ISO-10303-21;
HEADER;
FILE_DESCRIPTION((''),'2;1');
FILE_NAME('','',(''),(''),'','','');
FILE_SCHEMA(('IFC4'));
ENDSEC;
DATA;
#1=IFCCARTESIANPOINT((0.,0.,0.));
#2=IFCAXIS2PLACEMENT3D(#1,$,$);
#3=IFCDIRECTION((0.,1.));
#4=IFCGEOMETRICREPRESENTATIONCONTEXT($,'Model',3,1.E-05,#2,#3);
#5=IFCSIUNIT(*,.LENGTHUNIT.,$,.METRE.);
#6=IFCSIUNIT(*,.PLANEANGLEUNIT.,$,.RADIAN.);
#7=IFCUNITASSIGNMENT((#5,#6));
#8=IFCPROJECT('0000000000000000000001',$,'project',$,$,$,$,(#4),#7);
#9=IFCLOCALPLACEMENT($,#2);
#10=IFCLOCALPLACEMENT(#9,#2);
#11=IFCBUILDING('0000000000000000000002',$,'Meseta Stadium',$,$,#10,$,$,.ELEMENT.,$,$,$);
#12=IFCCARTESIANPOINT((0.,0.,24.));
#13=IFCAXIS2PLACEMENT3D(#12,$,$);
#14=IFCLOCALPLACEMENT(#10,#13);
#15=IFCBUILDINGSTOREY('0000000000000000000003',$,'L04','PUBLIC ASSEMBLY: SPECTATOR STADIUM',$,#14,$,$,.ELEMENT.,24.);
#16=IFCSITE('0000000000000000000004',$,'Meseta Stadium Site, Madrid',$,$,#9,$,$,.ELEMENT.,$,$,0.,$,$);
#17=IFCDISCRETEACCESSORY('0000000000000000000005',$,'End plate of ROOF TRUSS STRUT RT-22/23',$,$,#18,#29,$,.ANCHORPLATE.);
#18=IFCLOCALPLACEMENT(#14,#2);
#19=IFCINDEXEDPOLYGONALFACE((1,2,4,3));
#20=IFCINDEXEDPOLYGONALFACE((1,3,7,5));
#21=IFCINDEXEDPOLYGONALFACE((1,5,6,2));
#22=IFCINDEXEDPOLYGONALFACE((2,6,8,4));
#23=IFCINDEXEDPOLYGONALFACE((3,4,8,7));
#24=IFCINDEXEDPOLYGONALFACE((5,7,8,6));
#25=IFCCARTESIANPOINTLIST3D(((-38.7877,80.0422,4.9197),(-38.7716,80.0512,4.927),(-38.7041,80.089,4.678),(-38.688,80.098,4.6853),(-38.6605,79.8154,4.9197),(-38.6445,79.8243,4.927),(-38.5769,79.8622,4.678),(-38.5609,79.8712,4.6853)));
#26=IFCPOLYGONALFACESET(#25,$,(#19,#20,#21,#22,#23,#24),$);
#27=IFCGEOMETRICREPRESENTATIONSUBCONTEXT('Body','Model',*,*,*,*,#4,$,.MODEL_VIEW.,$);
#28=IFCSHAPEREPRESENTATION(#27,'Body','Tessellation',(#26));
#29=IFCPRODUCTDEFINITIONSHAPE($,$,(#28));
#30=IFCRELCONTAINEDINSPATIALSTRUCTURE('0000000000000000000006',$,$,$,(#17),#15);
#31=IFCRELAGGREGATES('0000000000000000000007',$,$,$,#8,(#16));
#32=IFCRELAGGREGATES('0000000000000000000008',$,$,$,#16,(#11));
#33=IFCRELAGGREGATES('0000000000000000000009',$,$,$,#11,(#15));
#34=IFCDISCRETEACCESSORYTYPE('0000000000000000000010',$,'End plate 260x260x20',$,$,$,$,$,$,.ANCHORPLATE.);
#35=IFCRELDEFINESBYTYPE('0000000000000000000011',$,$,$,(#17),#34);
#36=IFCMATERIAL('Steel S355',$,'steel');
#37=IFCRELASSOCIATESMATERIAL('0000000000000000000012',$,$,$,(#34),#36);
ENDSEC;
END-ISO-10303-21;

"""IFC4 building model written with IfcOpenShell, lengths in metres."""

from ifc_helpers import new_model, si_unit, direction, frame, origin, origin_2d, place, context, subcontext, project, spatial, rectangle, extrude, material, material_profile, profile_set, type_object, element, save


model = new_model("IFC4")

# Units and contexts
model_context = context("Model", 3, precision=1e-05, world=origin(), true_north=direction((0.0, 1.0)))
body_context = subcontext(model_context, "Body", "Model", "MODEL_VIEW")
ifc_project = project(units=[si_unit("LENGTHUNIT", "METRE"), si_unit("PLANEANGLEUNIT", "RADIAN")], contexts=[model_context])

# Site, building, storey
site_placement = place(None, origin())
site = spatial("IfcSite", under=ifc_project, at=site_placement, Name="Meseta Stadium Site, Madrid", CompositionType="ELEMENT", RefElevation=0.0)
building_placement = place(site_placement, origin())
building = spatial("IfcBuilding", under=site, at=building_placement, Name="Meseta Stadium", CompositionType="ELEMENT")
storey_placement = place(building_placement, frame((0.0, 0.0, 24.0)))
storey = spatial("IfcBuildingStorey", under=building, at=storey_placement, Name="L04", Description="PUBLIC ASSEMBLY: SPECTATOR STADIUM", CompositionType="ELEMENT", Elevation=24.0)

# Discrete accessory
ifc_material_1 = material(Name="Steel S355", Category="steel")
ifc_material_profile_1 = material_profile(ifc_material_1, rectangle(XDim=0.26, YDim=0.26, at=origin_2d()), Name="PL 260x260")
ifc_profile_set_1 = profile_set([ifc_material_profile_1], Name="Steel S355")
discrete_accessory_type_1 = type_object("IfcDiscreteAccessoryType", Name="End plate 260x260x20", PredefinedType="ANCHORPLATE", material=ifc_profile_set_1)
discrete_accessory_1_placement = place(storey_placement, frame((-38.6663, 79.9612, 4.8062), z_axis=(-0.81087, -0.454578, -0.368577), x_axis=(0.489006, -0.872281, 0.0)))
element("IfcDiscreteAccessory", 1, at=discrete_accessory_1_placement, inside=storey, type_object=discrete_accessory_type_1, Name="End plate of ROOF TRUSS STRUT RT-22/23", PredefinedType="ANCHORPLATE", context=body_context, shape_type="SweptSolid", body=[
    extrude(rectangle(XDim=0.26, YDim=0.26, at=origin_2d()), origin(), (0.0, 0.0, 1.0), 0.0198),
])

save(model, "model.ifc")
